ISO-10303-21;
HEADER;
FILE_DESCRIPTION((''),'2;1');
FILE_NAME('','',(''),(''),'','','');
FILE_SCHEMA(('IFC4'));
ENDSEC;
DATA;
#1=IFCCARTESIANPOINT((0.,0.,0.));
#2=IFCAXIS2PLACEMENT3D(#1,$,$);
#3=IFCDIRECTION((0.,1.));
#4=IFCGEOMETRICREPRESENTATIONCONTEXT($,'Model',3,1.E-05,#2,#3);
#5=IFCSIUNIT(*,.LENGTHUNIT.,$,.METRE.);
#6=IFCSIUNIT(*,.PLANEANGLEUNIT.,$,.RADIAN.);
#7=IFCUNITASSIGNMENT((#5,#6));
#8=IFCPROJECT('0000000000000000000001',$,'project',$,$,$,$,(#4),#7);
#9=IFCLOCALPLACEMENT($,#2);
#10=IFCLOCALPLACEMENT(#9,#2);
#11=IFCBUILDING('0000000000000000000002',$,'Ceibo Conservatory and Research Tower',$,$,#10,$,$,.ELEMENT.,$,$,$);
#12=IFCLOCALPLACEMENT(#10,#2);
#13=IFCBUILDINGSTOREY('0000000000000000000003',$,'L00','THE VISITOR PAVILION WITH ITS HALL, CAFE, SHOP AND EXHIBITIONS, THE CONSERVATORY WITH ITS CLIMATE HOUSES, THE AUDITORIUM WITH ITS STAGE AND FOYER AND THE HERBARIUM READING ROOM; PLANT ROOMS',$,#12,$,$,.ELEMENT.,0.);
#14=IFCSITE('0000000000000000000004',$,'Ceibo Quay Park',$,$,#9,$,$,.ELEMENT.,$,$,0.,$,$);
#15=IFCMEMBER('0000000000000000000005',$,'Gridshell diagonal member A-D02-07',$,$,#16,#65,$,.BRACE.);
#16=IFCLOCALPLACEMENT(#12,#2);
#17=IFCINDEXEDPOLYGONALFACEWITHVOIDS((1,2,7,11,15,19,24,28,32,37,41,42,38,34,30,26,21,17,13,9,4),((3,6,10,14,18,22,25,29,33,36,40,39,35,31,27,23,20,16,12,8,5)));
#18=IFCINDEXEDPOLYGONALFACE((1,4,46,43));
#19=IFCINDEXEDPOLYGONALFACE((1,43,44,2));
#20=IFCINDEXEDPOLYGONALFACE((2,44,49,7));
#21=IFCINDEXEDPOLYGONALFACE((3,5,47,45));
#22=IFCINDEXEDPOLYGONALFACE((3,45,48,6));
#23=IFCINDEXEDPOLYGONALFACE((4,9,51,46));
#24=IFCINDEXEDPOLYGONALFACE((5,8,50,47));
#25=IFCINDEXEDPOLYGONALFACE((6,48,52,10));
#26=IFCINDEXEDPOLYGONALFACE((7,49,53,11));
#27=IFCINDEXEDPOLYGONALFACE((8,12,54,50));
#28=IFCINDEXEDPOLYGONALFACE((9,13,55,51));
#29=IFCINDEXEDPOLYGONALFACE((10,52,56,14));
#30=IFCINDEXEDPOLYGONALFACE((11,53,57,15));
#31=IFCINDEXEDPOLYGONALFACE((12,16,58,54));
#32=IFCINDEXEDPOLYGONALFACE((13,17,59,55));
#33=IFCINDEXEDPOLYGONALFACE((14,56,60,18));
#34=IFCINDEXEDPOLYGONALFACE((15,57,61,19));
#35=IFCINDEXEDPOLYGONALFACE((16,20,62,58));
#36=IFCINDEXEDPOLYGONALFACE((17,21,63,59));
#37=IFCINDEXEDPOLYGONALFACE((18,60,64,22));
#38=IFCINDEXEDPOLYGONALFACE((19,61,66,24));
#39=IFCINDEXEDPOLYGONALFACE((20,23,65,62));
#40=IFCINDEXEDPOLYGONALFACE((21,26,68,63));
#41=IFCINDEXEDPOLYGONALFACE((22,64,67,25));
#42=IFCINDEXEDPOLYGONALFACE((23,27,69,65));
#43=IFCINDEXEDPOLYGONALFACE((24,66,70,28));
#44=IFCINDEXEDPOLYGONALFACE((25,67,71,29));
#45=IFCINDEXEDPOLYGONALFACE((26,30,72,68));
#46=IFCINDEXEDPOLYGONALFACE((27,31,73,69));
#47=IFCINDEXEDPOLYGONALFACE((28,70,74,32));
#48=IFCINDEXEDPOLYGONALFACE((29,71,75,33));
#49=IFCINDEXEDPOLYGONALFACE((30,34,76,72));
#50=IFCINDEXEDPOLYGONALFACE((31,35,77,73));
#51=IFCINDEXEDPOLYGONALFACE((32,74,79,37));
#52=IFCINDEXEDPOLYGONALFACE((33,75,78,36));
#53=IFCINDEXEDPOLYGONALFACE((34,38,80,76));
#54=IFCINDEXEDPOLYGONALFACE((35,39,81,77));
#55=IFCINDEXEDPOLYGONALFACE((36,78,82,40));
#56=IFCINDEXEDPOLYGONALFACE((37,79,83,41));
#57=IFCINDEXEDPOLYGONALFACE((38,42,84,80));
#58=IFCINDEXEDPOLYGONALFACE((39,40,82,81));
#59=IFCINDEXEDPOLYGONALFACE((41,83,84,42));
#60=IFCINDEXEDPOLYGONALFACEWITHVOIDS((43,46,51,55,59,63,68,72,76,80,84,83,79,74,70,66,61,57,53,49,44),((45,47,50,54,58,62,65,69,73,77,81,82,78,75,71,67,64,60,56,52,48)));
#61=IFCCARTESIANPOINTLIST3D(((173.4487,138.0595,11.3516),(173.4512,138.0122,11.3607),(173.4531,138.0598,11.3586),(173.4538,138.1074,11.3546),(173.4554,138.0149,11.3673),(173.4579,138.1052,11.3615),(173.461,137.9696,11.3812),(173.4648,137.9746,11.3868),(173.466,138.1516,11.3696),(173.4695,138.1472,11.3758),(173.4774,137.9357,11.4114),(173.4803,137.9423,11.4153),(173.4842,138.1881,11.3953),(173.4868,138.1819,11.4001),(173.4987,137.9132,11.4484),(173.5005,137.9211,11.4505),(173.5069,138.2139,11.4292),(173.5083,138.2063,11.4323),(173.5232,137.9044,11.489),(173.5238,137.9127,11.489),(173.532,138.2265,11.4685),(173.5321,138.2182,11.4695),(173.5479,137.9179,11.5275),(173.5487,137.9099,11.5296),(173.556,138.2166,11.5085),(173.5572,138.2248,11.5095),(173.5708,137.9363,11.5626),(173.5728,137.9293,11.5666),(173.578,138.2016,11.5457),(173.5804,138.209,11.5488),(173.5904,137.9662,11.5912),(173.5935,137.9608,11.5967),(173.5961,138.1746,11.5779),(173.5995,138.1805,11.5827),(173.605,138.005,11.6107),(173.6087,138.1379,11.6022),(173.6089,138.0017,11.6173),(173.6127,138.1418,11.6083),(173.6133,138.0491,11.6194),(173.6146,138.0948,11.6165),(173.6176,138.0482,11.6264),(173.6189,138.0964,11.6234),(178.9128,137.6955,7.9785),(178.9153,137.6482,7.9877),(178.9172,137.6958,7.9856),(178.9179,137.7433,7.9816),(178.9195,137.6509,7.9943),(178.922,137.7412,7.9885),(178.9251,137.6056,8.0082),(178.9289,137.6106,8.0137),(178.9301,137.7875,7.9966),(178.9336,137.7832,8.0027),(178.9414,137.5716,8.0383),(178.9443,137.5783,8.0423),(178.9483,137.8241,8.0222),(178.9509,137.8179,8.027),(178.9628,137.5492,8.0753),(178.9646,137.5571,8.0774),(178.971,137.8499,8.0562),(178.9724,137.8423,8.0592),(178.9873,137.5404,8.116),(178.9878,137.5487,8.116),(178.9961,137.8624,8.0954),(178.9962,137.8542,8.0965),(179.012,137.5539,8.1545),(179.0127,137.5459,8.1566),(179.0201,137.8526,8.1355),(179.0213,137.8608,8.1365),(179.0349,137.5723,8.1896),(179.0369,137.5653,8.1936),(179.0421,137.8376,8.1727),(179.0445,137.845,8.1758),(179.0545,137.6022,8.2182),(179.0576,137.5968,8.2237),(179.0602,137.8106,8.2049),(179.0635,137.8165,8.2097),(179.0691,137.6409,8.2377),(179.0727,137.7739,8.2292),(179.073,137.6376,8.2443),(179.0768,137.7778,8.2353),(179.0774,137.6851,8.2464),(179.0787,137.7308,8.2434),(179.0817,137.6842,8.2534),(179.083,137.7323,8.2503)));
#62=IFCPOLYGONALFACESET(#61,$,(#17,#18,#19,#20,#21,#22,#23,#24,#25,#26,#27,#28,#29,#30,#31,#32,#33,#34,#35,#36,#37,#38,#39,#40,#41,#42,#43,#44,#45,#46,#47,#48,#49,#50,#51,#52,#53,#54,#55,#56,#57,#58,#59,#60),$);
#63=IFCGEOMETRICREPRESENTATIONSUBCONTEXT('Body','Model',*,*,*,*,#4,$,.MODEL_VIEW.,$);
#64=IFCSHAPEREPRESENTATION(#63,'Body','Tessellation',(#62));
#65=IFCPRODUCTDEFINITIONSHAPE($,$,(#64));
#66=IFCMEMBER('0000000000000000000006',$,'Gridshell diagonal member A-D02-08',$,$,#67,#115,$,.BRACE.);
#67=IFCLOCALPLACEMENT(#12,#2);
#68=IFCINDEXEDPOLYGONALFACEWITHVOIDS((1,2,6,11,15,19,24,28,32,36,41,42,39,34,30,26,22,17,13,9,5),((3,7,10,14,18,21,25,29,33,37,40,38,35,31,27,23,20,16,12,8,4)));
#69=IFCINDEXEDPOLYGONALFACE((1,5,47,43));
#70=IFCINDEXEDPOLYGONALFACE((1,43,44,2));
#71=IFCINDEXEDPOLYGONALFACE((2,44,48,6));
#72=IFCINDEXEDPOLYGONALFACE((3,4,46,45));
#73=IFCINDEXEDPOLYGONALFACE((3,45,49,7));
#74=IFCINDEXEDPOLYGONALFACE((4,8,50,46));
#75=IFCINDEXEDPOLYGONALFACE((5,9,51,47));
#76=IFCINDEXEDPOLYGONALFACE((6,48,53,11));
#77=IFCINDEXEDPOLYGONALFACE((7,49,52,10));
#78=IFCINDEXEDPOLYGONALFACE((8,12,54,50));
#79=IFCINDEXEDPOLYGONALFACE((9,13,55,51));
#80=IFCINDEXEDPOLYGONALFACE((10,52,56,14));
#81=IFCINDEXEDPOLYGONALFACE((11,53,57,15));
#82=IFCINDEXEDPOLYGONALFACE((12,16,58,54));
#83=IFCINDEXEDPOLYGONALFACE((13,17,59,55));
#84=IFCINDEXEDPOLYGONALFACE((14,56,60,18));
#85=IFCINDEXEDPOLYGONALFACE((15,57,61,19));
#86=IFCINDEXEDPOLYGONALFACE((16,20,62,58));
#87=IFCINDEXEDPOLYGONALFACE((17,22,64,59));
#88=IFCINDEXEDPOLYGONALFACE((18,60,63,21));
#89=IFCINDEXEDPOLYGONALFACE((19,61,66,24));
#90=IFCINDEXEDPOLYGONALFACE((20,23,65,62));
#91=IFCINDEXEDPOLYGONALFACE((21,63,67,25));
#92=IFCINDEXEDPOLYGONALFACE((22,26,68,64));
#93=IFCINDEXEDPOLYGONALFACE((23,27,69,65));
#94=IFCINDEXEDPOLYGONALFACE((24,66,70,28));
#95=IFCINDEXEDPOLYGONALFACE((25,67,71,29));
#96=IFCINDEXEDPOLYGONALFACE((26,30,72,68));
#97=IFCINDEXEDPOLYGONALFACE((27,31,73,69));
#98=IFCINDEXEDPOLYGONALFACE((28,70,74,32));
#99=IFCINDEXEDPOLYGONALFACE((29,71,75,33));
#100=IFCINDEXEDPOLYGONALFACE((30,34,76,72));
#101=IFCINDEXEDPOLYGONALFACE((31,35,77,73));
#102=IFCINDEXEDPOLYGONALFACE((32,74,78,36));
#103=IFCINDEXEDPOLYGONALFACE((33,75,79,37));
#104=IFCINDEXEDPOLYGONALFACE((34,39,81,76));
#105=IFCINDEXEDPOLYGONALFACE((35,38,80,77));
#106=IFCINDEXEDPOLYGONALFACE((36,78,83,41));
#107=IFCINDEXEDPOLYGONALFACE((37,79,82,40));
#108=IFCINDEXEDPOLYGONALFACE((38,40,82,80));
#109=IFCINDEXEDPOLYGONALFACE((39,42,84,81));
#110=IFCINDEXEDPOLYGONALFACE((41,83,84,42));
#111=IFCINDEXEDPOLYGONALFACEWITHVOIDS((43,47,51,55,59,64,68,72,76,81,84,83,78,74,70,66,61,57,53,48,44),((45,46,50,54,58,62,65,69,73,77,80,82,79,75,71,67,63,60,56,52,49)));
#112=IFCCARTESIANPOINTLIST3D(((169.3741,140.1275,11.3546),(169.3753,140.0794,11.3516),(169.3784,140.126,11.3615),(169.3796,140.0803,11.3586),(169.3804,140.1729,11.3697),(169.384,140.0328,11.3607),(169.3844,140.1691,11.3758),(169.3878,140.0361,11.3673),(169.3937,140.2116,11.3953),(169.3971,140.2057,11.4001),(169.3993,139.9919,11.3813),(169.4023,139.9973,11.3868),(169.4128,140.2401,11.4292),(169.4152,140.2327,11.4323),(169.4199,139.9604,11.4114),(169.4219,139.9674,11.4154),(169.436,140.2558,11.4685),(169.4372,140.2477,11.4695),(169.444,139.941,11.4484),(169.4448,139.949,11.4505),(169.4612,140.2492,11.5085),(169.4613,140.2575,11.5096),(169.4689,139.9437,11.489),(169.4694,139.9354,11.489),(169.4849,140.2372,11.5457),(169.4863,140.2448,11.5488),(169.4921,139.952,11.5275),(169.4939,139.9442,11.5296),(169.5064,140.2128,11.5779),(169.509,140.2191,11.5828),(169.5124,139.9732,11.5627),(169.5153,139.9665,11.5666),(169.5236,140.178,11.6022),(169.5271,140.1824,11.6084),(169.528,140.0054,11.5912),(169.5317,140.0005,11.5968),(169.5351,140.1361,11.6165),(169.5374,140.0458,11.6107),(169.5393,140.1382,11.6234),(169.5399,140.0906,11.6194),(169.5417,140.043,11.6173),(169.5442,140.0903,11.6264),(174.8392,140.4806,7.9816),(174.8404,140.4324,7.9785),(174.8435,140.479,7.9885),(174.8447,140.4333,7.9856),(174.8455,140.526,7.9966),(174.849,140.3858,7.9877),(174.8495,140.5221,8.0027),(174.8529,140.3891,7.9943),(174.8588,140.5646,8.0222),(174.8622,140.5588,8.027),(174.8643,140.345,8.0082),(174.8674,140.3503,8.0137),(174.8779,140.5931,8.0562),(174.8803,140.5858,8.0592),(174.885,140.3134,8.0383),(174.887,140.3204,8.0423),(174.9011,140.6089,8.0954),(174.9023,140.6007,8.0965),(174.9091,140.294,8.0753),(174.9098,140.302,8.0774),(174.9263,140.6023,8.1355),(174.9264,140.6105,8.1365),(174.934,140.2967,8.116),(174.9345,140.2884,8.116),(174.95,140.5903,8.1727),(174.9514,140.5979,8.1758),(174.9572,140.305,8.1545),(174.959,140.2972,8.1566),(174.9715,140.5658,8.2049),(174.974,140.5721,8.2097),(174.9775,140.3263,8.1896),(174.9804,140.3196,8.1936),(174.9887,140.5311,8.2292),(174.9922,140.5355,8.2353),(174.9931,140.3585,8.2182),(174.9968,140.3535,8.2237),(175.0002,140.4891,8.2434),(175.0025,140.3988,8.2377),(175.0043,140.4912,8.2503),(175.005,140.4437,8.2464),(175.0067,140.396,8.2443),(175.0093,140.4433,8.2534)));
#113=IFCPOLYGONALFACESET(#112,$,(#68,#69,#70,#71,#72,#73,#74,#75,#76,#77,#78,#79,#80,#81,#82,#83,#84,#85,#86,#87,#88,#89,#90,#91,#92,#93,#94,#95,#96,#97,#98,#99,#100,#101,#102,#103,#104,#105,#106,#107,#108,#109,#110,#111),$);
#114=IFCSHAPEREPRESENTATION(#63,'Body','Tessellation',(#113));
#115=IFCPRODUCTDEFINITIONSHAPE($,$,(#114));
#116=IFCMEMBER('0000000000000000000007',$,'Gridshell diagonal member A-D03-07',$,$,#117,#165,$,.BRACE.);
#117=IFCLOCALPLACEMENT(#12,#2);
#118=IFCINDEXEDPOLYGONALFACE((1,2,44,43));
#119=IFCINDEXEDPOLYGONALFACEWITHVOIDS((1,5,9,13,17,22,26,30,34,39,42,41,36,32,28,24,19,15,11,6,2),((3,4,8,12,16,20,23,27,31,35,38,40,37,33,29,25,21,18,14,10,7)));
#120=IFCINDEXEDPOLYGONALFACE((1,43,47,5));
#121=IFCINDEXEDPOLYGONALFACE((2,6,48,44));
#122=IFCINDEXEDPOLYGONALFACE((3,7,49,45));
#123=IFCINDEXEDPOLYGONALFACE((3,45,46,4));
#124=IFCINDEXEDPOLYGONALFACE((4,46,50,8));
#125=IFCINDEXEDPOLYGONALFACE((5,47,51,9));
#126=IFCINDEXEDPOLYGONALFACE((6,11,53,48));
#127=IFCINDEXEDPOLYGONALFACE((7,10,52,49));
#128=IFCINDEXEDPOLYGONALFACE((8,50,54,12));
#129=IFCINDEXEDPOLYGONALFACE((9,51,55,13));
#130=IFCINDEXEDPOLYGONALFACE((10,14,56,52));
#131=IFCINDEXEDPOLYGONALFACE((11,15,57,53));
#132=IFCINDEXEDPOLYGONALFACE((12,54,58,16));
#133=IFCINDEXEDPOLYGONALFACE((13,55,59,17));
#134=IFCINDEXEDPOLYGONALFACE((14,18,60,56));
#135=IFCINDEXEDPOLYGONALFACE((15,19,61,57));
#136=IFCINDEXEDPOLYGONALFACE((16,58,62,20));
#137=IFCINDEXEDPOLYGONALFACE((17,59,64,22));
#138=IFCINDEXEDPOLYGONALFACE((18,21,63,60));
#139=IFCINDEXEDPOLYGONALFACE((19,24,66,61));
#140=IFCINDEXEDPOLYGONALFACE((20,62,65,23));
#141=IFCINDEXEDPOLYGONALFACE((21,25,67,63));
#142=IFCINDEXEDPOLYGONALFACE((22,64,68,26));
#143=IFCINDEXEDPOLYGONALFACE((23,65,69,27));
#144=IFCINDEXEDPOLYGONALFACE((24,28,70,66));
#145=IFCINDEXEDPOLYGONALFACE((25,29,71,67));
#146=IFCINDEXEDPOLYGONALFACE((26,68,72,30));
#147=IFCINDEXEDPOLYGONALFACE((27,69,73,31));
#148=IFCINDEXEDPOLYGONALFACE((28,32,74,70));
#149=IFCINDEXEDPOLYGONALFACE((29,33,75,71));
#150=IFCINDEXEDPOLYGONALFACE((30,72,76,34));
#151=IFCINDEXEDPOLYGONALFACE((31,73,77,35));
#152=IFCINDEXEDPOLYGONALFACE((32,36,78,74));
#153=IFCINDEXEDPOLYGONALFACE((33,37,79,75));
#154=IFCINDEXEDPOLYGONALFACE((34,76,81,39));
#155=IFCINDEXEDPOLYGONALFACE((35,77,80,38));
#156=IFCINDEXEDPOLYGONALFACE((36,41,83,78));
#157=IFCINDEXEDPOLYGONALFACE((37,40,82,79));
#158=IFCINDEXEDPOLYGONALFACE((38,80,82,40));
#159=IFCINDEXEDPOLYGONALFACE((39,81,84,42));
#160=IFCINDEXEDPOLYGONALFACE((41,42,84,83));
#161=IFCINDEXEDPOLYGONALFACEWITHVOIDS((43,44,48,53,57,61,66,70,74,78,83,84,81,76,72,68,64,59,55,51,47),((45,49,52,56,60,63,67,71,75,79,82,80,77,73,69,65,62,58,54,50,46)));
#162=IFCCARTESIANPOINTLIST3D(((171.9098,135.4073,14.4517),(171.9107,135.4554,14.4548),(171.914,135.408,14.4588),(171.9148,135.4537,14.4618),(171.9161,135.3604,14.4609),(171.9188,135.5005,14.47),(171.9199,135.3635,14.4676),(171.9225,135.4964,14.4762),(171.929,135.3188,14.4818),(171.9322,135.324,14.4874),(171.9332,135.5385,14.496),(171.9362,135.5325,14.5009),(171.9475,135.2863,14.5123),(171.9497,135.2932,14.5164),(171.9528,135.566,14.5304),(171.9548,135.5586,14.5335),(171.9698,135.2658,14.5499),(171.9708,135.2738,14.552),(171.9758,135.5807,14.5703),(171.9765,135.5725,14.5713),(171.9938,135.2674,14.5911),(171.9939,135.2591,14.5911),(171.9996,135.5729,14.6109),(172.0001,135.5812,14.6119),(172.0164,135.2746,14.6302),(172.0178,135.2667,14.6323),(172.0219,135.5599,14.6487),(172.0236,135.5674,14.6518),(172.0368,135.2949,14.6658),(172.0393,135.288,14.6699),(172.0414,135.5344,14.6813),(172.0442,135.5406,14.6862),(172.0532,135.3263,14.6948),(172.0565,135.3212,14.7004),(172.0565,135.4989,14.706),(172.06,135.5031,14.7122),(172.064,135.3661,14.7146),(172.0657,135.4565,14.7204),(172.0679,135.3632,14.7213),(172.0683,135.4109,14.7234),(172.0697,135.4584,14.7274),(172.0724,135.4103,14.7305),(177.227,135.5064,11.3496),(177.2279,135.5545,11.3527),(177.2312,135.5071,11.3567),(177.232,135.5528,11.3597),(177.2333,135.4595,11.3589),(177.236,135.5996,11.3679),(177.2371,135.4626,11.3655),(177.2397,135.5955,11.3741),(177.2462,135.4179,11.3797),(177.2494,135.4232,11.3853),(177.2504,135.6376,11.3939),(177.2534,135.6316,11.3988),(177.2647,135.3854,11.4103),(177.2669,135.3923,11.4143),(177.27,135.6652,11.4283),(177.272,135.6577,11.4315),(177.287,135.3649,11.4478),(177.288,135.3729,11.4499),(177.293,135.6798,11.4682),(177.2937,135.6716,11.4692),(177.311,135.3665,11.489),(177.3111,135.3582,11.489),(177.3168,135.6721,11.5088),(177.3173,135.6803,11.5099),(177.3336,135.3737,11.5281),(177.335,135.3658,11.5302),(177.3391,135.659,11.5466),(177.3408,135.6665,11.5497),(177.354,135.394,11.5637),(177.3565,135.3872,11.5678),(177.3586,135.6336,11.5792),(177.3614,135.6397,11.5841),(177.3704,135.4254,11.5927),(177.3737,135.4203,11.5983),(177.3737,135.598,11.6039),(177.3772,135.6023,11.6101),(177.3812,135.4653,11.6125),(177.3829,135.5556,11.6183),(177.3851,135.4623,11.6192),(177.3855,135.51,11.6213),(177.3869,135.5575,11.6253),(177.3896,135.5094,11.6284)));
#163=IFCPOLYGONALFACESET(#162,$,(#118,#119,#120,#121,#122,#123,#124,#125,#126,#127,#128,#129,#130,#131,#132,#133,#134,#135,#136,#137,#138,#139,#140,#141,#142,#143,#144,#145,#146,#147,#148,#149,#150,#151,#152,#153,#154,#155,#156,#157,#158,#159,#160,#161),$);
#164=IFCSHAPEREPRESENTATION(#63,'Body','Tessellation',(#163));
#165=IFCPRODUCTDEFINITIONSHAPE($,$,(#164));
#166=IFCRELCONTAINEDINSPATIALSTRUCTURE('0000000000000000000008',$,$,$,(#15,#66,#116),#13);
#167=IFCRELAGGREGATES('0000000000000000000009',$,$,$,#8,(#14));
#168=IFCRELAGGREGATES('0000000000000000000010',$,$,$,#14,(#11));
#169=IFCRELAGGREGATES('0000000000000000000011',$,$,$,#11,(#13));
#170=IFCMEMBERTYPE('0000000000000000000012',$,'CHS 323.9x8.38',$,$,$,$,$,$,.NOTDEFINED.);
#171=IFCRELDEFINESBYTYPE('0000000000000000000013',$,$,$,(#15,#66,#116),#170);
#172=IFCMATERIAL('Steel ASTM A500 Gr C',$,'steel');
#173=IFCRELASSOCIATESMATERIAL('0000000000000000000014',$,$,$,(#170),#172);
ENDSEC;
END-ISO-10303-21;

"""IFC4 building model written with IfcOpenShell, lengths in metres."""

from ifc_helpers import new_model, si_unit, direction, frame, origin, origin_2d, place, context, subcontext, project, spatial, hollow_circle, extrude, material, material_profile, profile_set, type_object, element, save


model = new_model("IFC4")

# Units and contexts
model_context = context("Model", 3, precision=1e-05, world=origin(), true_north=direction((0.0, 1.0)))
body_context = subcontext(model_context, "Body", "Model", "MODEL_VIEW")
ifc_project = project(units=[si_unit("LENGTHUNIT", "METRE"), si_unit("PLANEANGLEUNIT", "RADIAN")], contexts=[model_context])

# Site, building, storey
site_placement = place(None, origin())
site = spatial("IfcSite", under=ifc_project, at=site_placement, Name="Ceibo Quay Park", CompositionType="ELEMENT", RefElevation=0.0)
building_placement = place(site_placement, origin())
building = spatial("IfcBuilding", under=site, at=building_placement, Name="Ceibo Conservatory and Research Tower", CompositionType="ELEMENT")
storey_placement = place(building_placement, origin())
storey = spatial("IfcBuildingStorey", under=building, at=storey_placement, Name="L00", Description="THE VISITOR PAVILION WITH ITS HALL, CAFE, SHOP AND EXHIBITIONS, THE CONSERVATORY WITH ITS CLIMATE HOUSES, THE AUDITORIUM WITH ITS STAGE AND FOYER AND THE HERBARIUM READING ROOM; PLANT ROOMS", CompositionType="ELEMENT", Elevation=0.0)

# Members
ifc_material_1 = material(Name="Steel ASTM A500 Gr C", Category="steel")
ifc_material_profile_1 = material_profile(ifc_material_1, hollow_circle(Radius=0.1619, WallThickness=0.0083, at=origin_2d()), Name="CHS 323.9x8.38")
ifc_profile_set_1 = profile_set([ifc_material_profile_1], Name="Steel ASTM A500 Gr C")
member_type_1 = type_object("IfcMemberType", Name="CHS 323.9x8.38", PredefinedType="NOTDEFINED", material=ifc_profile_set_1)
for number, where, z_axis, x_axis, name in (
    (1, (178.998, 137.7019, 8.116), (-0.849563, 0.056597, 0.524443), (-0.066472, -0.997788, 0.0), "Gridshell diagonal member A-D02-07"),
):
    element("IfcMember", number, at=place(storey_placement, frame(where, z_axis=z_axis, x_axis=x_axis)), inside=storey, type_object=member_type_1, Name=name, PredefinedType="BRACE", context=body_context, shape_type="SweptSolid", body=[
        extrude(hollow_circle(Radius=0.1619, WallThickness=0.0083, at=origin_2d()), origin(), (0.0, 0.0, 1.0), 6.4316),
    ])
member_1_placement = place(storey_placement, frame((174.9241, 140.45, 8.116), z_axis=(-0.849686, -0.054887, 0.524425), x_axis=(0.064462, -0.99792, 0.0)))
element("IfcMember", 2, at=member_1_placement, inside=storey, type_object=member_type_1, Name="Gridshell diagonal member A-D02-08", PredefinedType="BRACE", context=body_context, shape_type="SweptSolid", body=[
    extrude(hollow_circle(Radius=0.1619, WallThickness=0.0083, at=origin_2d()), origin(), (0.0, 0.0, 1.0), 6.4319),
])
member_2_placement = place(storey_placement, frame((177.3081, 135.52, 11.489), z_axis=(-0.86364, -0.0161, 0.503853), x_axis=(0.018639, -0.999826, 0.0)))
element("IfcMember", 3, at=member_2_placement, inside=storey, type_object=member_type_1, Name="Gridshell diagonal member A-D03-07", PredefinedType="BRACE", context=body_context, shape_type="SweptSolid", body=[
    extrude(hollow_circle(Radius=0.1619, WallThickness=0.0083, at=origin_2d()), origin(), (0.0, 0.0, 1.0), 6.1567),
])

save(model, "model.ifc")
